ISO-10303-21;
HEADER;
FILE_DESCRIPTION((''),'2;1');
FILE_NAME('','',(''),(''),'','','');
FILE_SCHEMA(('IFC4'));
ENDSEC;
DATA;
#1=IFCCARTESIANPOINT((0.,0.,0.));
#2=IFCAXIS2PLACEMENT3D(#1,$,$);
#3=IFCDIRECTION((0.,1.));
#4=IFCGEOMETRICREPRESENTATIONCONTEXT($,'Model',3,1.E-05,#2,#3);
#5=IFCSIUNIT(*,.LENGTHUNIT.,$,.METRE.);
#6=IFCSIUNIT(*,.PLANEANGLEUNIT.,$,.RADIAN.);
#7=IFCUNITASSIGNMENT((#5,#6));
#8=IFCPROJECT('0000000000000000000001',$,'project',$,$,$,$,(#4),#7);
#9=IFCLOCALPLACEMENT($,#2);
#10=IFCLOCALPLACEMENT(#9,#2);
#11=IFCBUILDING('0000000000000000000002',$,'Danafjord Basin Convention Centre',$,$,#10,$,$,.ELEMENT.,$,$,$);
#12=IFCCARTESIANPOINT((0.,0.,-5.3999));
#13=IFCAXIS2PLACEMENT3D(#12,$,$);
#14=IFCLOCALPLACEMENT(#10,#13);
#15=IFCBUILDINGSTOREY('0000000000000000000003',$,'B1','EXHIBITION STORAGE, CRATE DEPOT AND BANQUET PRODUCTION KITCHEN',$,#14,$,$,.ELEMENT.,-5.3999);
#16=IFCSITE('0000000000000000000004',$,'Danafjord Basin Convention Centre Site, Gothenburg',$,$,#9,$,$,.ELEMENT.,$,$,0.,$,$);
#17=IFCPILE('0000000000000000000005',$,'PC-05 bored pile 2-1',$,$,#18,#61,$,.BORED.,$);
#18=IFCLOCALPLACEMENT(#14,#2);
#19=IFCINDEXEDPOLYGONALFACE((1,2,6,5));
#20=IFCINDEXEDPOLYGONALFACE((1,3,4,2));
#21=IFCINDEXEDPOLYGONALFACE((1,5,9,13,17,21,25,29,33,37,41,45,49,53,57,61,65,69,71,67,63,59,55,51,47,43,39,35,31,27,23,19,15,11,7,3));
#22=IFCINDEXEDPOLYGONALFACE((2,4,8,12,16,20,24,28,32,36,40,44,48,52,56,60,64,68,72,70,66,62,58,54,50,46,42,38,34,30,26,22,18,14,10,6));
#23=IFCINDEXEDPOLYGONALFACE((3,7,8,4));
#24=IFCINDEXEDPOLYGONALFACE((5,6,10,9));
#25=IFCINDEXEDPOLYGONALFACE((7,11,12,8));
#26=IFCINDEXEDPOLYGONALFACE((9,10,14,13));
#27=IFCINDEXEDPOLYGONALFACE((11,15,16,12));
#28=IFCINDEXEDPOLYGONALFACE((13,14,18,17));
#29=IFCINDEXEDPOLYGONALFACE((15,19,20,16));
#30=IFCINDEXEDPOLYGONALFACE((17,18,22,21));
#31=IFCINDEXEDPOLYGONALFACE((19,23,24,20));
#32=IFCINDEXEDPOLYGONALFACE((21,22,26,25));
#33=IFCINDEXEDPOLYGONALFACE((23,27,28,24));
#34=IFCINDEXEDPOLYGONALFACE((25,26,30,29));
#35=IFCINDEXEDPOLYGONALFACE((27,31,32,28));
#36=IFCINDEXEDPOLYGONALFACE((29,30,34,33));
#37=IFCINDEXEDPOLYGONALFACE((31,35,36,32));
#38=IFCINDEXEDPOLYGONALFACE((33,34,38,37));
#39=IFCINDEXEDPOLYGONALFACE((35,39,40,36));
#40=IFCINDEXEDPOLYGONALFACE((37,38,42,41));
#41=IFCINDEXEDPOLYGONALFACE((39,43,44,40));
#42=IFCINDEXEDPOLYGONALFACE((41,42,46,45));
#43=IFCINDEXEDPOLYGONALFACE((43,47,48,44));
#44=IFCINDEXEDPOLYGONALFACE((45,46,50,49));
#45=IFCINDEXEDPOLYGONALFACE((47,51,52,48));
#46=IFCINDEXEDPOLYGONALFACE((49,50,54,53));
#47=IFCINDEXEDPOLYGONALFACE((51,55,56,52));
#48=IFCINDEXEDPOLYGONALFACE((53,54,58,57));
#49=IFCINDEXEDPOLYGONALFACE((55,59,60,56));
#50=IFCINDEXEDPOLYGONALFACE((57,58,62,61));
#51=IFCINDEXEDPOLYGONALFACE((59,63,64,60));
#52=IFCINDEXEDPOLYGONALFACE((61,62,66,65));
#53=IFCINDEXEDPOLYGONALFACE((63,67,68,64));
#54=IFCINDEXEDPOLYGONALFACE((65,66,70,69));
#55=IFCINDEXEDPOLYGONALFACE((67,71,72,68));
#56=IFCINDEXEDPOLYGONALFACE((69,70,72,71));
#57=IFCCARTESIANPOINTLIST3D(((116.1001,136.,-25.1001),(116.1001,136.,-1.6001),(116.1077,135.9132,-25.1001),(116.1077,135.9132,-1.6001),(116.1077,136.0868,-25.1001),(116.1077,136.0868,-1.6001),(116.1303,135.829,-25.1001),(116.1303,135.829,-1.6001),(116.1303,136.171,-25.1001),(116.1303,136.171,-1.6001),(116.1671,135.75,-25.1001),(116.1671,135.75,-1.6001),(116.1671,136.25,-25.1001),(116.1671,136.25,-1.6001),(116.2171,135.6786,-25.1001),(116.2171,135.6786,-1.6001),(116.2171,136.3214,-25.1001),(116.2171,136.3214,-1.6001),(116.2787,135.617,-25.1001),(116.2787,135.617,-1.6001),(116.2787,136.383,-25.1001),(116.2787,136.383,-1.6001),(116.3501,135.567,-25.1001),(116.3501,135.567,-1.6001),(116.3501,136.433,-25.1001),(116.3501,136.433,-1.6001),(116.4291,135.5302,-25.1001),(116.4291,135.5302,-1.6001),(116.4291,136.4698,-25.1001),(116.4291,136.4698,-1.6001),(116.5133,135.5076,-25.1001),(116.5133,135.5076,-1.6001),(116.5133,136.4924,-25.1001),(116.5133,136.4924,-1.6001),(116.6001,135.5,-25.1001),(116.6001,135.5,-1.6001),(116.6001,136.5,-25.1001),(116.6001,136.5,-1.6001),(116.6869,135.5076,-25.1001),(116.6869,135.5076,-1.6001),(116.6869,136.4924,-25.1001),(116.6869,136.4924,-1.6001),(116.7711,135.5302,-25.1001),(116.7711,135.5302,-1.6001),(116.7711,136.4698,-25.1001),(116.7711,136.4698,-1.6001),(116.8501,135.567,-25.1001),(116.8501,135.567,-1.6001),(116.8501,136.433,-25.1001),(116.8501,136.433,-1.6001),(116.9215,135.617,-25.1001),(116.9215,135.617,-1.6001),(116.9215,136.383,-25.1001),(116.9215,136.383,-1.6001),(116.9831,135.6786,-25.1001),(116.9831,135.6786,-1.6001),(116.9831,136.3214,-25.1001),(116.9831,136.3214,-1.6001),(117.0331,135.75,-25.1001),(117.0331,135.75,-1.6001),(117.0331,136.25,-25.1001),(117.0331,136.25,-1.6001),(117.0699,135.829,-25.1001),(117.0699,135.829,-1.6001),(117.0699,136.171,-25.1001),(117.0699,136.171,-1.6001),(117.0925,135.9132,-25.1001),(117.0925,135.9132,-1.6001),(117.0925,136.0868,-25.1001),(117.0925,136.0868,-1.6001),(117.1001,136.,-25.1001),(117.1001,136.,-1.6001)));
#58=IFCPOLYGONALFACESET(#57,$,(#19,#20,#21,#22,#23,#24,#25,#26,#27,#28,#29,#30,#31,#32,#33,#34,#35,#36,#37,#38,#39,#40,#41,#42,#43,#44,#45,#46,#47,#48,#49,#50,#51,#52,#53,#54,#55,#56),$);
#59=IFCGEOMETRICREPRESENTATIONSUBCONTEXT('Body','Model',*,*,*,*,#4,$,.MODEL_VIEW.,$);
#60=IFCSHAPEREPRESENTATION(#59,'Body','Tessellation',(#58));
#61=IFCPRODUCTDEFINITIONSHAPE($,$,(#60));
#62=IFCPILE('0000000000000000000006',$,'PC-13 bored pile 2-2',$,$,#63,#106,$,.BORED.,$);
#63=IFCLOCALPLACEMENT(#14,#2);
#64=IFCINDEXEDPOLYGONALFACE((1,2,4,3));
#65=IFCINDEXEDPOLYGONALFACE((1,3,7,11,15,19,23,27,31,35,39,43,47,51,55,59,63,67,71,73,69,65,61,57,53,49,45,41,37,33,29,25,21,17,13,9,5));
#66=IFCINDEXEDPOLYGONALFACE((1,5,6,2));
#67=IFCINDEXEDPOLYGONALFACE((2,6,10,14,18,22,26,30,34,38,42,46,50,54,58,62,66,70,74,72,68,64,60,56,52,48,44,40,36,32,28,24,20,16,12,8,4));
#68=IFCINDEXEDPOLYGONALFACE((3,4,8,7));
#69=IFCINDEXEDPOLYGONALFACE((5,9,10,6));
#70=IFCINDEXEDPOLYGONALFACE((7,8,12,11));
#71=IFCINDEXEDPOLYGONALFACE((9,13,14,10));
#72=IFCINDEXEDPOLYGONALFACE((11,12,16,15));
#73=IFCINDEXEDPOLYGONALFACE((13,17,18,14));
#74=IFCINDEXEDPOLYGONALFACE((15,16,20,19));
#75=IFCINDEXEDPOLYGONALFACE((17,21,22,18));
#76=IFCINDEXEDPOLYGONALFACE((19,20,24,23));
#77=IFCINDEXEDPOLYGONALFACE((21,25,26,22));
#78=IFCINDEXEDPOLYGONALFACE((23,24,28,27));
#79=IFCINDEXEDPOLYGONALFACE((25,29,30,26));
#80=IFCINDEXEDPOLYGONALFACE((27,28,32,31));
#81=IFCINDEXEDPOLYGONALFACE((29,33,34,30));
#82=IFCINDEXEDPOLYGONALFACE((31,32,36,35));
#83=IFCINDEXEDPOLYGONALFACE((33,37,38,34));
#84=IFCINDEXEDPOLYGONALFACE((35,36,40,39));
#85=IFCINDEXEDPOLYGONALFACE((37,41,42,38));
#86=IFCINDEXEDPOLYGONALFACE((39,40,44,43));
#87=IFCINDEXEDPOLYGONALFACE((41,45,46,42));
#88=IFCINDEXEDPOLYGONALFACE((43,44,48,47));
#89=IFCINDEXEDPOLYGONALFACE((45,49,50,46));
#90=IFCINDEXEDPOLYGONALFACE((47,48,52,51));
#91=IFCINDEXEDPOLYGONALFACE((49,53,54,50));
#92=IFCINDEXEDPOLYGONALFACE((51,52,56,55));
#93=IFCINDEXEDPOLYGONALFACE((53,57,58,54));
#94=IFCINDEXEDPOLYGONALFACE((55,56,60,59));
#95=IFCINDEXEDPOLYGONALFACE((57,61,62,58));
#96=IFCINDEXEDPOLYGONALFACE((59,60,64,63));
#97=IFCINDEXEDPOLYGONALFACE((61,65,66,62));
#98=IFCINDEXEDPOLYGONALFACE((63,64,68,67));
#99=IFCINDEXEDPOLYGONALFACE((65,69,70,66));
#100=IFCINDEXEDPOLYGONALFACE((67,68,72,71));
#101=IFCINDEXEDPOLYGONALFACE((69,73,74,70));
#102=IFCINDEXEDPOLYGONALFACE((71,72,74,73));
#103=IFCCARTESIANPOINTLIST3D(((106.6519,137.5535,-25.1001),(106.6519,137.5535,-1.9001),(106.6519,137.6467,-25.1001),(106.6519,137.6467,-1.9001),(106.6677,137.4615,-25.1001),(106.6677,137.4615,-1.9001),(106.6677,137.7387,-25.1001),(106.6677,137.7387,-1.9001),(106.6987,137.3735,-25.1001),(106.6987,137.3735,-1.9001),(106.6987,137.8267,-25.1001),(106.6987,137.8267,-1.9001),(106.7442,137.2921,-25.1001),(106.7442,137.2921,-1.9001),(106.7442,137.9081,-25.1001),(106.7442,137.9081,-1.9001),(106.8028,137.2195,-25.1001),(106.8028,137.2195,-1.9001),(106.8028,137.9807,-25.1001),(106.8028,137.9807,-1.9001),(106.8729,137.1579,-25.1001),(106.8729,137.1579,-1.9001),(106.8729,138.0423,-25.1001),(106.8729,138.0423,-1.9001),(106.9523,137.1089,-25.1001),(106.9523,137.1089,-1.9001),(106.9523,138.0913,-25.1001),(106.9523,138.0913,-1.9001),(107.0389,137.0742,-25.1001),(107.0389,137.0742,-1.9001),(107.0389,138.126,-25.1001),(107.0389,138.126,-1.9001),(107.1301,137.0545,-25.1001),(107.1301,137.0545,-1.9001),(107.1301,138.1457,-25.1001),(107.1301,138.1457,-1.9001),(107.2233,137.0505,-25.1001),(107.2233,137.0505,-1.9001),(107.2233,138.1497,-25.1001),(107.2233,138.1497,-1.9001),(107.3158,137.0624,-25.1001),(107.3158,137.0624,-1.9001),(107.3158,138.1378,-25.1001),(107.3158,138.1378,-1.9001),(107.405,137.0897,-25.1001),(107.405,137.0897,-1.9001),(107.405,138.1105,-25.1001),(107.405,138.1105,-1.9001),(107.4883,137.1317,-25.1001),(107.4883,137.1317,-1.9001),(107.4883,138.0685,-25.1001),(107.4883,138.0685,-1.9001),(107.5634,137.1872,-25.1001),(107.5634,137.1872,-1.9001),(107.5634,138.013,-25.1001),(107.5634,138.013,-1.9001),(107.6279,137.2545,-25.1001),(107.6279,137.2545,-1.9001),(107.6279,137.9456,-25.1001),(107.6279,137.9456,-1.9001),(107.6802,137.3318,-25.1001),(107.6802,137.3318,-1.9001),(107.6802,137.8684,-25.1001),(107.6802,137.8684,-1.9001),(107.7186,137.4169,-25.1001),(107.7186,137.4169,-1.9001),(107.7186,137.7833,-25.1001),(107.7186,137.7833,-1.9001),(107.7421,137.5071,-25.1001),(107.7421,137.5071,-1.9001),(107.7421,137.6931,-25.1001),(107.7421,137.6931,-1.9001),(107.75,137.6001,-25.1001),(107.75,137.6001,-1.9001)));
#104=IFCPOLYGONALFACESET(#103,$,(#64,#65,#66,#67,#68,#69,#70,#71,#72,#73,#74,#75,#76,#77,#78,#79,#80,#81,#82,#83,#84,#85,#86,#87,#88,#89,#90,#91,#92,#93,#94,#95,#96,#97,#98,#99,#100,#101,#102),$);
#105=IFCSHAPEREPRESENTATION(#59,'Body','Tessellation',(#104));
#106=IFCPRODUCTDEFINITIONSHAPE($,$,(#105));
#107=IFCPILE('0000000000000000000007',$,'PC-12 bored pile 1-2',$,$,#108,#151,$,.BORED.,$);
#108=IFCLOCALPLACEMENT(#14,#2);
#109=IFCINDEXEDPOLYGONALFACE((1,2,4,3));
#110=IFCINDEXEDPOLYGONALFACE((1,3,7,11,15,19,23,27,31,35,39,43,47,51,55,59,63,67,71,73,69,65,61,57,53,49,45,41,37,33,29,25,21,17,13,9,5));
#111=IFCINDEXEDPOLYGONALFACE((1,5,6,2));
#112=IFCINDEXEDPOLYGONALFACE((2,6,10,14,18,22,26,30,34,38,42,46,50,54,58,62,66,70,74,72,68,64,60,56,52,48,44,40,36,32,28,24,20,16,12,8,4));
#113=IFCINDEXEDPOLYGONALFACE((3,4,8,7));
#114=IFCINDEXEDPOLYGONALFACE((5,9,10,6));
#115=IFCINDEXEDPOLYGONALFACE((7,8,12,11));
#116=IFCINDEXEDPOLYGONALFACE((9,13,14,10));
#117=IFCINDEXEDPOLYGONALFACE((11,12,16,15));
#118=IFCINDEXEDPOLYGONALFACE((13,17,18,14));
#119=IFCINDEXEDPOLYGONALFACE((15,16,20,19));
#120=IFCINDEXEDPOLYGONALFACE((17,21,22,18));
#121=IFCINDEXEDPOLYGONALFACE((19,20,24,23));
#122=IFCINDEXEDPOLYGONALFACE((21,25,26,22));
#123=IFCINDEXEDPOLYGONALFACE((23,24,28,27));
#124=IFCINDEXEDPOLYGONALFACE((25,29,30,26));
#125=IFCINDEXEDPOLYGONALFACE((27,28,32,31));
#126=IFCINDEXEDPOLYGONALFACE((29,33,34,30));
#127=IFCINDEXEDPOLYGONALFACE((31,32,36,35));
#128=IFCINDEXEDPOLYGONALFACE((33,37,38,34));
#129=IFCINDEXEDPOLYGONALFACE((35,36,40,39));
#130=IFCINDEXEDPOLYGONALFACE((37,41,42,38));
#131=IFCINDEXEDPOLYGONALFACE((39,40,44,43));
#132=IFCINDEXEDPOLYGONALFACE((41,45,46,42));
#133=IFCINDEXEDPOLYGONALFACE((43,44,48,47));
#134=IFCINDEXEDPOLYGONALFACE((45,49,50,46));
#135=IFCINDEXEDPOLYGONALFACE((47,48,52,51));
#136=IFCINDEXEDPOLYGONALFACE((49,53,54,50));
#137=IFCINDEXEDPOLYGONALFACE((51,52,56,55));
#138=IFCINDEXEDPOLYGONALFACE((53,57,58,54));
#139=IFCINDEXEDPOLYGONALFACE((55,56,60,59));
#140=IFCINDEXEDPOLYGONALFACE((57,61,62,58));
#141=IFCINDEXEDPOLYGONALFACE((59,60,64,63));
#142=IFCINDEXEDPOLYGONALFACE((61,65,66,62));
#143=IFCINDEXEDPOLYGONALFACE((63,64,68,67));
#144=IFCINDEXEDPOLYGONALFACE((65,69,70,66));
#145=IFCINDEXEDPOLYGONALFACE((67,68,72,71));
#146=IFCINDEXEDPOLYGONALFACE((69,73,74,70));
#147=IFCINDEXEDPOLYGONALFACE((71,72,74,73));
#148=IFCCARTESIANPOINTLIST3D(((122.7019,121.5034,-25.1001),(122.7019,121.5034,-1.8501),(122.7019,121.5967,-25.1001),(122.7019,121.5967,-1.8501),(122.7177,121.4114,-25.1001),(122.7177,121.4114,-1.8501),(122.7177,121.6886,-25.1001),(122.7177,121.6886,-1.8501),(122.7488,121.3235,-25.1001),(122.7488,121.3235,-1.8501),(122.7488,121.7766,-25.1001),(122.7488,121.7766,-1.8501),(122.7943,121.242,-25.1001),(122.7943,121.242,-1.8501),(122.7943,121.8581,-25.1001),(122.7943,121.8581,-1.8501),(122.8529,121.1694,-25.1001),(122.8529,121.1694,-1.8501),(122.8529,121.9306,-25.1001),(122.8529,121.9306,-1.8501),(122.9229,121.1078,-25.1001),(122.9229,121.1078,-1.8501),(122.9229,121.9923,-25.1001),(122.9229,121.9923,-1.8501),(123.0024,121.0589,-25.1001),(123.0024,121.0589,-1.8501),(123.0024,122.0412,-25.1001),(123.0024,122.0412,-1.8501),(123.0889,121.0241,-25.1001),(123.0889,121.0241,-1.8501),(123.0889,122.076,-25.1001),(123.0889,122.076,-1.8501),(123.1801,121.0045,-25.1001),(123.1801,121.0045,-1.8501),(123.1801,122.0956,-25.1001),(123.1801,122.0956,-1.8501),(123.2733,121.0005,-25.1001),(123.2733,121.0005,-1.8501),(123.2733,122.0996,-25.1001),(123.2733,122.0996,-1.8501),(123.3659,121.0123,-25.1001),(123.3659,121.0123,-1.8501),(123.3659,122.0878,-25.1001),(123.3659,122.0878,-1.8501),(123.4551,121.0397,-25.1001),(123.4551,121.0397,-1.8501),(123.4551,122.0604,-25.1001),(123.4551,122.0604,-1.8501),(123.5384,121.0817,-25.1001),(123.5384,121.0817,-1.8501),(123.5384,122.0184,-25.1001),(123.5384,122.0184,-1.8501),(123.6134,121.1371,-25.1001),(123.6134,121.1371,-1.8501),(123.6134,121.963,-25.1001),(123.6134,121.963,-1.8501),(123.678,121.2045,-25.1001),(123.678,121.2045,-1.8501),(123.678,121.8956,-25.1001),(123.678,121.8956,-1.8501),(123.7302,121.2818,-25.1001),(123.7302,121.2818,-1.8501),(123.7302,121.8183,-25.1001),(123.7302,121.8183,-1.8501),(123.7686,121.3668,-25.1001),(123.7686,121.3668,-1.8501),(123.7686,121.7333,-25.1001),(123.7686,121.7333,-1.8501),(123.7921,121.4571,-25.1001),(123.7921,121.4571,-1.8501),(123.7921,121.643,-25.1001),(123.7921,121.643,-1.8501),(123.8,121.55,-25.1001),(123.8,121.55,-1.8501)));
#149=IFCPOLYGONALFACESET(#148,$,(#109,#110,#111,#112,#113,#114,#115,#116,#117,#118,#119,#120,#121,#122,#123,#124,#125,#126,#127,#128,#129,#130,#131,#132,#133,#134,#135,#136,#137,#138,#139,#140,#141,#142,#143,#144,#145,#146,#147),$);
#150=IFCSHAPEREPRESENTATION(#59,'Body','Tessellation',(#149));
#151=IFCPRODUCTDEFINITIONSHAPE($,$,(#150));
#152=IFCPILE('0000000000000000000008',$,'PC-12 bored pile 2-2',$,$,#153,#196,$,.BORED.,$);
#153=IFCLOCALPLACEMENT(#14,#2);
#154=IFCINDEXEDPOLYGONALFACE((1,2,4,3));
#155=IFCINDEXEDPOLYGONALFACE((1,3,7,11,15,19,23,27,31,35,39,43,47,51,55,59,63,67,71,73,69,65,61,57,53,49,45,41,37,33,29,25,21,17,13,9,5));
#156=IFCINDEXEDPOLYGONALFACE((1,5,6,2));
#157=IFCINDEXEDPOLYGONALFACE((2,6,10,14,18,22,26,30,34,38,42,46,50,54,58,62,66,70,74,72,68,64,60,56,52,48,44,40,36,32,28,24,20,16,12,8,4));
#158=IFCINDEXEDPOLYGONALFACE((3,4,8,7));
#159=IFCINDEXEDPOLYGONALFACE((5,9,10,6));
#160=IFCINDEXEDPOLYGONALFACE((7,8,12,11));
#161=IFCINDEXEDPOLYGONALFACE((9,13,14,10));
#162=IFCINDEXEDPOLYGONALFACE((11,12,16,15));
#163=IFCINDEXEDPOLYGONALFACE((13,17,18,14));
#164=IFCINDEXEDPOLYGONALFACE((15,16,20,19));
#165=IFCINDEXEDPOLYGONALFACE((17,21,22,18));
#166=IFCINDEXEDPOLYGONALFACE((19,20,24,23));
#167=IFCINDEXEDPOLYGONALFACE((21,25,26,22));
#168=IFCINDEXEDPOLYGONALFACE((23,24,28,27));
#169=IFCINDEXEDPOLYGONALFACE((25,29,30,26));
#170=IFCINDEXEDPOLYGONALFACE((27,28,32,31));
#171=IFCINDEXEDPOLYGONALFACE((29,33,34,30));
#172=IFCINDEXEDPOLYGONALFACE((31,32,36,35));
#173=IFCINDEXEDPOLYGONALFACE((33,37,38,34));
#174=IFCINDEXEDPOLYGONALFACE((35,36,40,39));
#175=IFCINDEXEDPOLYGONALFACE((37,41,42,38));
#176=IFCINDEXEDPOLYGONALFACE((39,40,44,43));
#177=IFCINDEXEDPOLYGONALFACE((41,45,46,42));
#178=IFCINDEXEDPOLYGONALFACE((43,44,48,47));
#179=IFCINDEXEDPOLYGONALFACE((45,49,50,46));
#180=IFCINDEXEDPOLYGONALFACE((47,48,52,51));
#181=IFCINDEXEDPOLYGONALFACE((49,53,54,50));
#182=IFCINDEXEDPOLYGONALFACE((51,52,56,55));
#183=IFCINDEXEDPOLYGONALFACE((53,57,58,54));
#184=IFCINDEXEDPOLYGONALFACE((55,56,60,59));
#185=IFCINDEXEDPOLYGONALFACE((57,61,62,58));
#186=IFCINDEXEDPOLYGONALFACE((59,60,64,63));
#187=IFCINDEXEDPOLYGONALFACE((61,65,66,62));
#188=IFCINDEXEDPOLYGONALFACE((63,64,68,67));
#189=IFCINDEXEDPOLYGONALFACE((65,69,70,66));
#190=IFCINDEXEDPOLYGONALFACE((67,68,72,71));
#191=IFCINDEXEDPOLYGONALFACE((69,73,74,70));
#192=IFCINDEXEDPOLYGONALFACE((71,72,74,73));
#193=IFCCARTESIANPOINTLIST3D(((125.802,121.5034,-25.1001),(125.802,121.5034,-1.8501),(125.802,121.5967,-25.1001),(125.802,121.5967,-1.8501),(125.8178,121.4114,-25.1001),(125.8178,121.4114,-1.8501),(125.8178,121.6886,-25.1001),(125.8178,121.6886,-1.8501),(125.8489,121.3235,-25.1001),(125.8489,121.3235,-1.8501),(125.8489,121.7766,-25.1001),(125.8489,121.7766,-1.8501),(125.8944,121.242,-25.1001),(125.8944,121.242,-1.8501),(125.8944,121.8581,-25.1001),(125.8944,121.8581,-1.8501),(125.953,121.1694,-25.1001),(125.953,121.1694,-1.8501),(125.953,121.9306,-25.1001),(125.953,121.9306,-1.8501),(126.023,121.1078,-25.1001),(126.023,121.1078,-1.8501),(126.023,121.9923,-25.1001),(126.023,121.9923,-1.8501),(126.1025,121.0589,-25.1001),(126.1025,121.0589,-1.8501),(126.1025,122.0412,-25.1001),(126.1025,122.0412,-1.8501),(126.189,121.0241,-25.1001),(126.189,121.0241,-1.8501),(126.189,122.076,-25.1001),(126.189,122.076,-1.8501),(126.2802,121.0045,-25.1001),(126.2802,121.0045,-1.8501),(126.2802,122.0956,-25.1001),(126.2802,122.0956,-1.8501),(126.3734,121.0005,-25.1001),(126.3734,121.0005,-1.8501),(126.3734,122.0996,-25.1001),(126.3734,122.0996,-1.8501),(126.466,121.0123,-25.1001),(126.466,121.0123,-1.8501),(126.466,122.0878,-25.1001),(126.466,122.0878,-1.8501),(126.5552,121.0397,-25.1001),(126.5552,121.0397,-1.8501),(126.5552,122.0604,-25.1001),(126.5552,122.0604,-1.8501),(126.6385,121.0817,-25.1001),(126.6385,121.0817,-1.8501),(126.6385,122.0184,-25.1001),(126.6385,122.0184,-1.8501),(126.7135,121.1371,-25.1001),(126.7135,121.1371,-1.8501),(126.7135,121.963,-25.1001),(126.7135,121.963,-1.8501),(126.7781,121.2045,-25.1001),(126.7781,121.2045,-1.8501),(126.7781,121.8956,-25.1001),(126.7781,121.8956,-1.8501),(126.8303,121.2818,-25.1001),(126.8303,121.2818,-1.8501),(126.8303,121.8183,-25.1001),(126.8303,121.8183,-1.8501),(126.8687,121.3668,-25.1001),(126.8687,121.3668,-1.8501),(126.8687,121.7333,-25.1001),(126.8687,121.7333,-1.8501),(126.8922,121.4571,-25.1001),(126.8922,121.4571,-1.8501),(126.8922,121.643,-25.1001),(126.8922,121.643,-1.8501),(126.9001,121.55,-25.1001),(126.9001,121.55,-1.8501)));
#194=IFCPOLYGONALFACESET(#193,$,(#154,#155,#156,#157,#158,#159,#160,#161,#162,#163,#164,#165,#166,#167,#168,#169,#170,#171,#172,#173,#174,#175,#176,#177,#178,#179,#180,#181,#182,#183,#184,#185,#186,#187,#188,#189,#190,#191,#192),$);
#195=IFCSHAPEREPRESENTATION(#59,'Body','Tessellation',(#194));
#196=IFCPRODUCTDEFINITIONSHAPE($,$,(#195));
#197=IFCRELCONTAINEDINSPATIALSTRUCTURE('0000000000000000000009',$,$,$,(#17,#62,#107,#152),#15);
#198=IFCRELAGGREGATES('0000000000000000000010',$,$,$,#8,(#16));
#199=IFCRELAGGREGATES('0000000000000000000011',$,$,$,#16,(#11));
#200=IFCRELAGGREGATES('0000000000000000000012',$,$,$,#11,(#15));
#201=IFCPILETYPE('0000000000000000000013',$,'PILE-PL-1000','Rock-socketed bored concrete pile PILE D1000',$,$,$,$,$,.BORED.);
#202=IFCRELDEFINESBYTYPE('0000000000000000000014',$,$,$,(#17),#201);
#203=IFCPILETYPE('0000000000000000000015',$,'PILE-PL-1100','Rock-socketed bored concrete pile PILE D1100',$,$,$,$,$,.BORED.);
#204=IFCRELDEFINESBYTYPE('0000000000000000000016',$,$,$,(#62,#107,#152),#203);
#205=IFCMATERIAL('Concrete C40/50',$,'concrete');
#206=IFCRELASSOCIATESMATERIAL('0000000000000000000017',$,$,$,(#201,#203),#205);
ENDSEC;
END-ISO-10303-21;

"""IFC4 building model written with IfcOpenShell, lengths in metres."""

from ifc_helpers import new_model, si_unit, direction, frame, origin, origin_2d, place, context, subcontext, project, spatial, circle, extrude, material, material_profile, profile_set, type_object, element, save


model = new_model("IFC4")

# Units and contexts
model_context = context("Model", 3, precision=1e-05, world=origin(), true_north=direction((0.0, 1.0)))
body_context = subcontext(model_context, "Body", "Model", "MODEL_VIEW")
ifc_project = project(units=[si_unit("LENGTHUNIT", "METRE"), si_unit("PLANEANGLEUNIT", "RADIAN")], contexts=[model_context])

# Site, building, storey
site_placement = place(None, origin())
site = spatial("IfcSite", under=ifc_project, at=site_placement, Name="Danafjord Basin Convention Centre Site, Gothenburg", CompositionType="ELEMENT", RefElevation=0.0)
building_placement = place(site_placement, origin())
building = spatial("IfcBuilding", under=site, at=building_placement, Name="Danafjord Basin Convention Centre", CompositionType="ELEMENT")
storey_placement = place(building_placement, frame((0.0, 0.0, -5.3999)))
storey = spatial("IfcBuildingStorey", under=building, at=storey_placement, Name="B1", Description="EXHIBITION STORAGE, CRATE DEPOT AND BANQUET PRODUCTION KITCHEN", CompositionType="ELEMENT", Elevation=-5.3999)

# Shared definitions
ifc_material_1 = material(Name="Concrete C40/50", Category="concrete")

# Piles
ifc_material_profile_1 = material_profile(ifc_material_1, circle(Radius=0.5, at=origin_2d()), Name="PILE D1000")
ifc_profile_set_1 = profile_set([ifc_material_profile_1], Name="Concrete C40/50")
pile_type_1 = type_object("IfcPileType", Name="PILE-PL-1000", Description="Rock-socketed bored concrete pile PILE D1000", PredefinedType="BORED", material=ifc_profile_set_1)
for number, where, z_axis, x_axis, name in (
    (1, (116.6001, 136.0, -1.6001), (0.0, 0.0, -1.0), (1.0, 0.0, 0.0), "PC-05 bored pile 2-1"),
):
    element("IfcPile", number, at=place(storey_placement, frame(where, z_axis=z_axis, x_axis=x_axis)), inside=storey, type_object=pile_type_1, Name=name, PredefinedType="BORED", context=body_context, shape_type="SweptSolid", body=[
        extrude(circle(Radius=0.5, at=origin_2d()), origin(), (0.0, 0.0, 1.0), 23.5),
    ])
ifc_material_profile_2 = material_profile(ifc_material_1, circle(Radius=0.55, at=origin_2d()), Name="PILE D1100")
ifc_profile_set_2 = profile_set([ifc_material_profile_2], Name="Concrete C40/50")
pile_type_2 = type_object("IfcPileType", Name="PILE-PL-1100", Description="Rock-socketed bored concrete pile PILE D1100", PredefinedType="BORED", material=ifc_profile_set_2)
pile_placement = place(storey_placement, frame((107.2, 137.6001, -1.9001), z_axis=(0.0, 0.0, -1.0), x_axis=(1.0, 0.0, 0.0)))
element("IfcPile", 2, at=pile_placement, inside=storey, type_object=pile_type_2, Name="PC-13 bored pile 2-2", PredefinedType="BORED", context=body_context, shape_type="SweptSolid", body=[
    extrude(circle(Radius=0.55, at=origin_2d()), origin(), (0.0, 0.0, 1.0), 23.2),
])
for number, where, z_axis, x_axis, name in (
    (3, (123.25, 121.55, -1.8501), (0.0, 0.0, -1.0), (1.0, 0.0, 0.0), "PC-12 bored pile 1-2"),
    (4, (126.3501, 121.55, -1.8501), (0.0, 0.0, -1.0), (1.0, 0.0, 0.0), "PC-12 bored pile 2-2"),
):
    element("IfcPile", number, at=place(storey_placement, frame(where, z_axis=z_axis, x_axis=x_axis)), inside=storey, type_object=pile_type_2, Name=name, PredefinedType="BORED", context=body_context, shape_type="SweptSolid", body=[
        extrude(circle(Radius=0.55, at=origin_2d()), origin(), (0.0, 0.0, 1.0), 23.25),
    ])

save(model, "model.ifc")
